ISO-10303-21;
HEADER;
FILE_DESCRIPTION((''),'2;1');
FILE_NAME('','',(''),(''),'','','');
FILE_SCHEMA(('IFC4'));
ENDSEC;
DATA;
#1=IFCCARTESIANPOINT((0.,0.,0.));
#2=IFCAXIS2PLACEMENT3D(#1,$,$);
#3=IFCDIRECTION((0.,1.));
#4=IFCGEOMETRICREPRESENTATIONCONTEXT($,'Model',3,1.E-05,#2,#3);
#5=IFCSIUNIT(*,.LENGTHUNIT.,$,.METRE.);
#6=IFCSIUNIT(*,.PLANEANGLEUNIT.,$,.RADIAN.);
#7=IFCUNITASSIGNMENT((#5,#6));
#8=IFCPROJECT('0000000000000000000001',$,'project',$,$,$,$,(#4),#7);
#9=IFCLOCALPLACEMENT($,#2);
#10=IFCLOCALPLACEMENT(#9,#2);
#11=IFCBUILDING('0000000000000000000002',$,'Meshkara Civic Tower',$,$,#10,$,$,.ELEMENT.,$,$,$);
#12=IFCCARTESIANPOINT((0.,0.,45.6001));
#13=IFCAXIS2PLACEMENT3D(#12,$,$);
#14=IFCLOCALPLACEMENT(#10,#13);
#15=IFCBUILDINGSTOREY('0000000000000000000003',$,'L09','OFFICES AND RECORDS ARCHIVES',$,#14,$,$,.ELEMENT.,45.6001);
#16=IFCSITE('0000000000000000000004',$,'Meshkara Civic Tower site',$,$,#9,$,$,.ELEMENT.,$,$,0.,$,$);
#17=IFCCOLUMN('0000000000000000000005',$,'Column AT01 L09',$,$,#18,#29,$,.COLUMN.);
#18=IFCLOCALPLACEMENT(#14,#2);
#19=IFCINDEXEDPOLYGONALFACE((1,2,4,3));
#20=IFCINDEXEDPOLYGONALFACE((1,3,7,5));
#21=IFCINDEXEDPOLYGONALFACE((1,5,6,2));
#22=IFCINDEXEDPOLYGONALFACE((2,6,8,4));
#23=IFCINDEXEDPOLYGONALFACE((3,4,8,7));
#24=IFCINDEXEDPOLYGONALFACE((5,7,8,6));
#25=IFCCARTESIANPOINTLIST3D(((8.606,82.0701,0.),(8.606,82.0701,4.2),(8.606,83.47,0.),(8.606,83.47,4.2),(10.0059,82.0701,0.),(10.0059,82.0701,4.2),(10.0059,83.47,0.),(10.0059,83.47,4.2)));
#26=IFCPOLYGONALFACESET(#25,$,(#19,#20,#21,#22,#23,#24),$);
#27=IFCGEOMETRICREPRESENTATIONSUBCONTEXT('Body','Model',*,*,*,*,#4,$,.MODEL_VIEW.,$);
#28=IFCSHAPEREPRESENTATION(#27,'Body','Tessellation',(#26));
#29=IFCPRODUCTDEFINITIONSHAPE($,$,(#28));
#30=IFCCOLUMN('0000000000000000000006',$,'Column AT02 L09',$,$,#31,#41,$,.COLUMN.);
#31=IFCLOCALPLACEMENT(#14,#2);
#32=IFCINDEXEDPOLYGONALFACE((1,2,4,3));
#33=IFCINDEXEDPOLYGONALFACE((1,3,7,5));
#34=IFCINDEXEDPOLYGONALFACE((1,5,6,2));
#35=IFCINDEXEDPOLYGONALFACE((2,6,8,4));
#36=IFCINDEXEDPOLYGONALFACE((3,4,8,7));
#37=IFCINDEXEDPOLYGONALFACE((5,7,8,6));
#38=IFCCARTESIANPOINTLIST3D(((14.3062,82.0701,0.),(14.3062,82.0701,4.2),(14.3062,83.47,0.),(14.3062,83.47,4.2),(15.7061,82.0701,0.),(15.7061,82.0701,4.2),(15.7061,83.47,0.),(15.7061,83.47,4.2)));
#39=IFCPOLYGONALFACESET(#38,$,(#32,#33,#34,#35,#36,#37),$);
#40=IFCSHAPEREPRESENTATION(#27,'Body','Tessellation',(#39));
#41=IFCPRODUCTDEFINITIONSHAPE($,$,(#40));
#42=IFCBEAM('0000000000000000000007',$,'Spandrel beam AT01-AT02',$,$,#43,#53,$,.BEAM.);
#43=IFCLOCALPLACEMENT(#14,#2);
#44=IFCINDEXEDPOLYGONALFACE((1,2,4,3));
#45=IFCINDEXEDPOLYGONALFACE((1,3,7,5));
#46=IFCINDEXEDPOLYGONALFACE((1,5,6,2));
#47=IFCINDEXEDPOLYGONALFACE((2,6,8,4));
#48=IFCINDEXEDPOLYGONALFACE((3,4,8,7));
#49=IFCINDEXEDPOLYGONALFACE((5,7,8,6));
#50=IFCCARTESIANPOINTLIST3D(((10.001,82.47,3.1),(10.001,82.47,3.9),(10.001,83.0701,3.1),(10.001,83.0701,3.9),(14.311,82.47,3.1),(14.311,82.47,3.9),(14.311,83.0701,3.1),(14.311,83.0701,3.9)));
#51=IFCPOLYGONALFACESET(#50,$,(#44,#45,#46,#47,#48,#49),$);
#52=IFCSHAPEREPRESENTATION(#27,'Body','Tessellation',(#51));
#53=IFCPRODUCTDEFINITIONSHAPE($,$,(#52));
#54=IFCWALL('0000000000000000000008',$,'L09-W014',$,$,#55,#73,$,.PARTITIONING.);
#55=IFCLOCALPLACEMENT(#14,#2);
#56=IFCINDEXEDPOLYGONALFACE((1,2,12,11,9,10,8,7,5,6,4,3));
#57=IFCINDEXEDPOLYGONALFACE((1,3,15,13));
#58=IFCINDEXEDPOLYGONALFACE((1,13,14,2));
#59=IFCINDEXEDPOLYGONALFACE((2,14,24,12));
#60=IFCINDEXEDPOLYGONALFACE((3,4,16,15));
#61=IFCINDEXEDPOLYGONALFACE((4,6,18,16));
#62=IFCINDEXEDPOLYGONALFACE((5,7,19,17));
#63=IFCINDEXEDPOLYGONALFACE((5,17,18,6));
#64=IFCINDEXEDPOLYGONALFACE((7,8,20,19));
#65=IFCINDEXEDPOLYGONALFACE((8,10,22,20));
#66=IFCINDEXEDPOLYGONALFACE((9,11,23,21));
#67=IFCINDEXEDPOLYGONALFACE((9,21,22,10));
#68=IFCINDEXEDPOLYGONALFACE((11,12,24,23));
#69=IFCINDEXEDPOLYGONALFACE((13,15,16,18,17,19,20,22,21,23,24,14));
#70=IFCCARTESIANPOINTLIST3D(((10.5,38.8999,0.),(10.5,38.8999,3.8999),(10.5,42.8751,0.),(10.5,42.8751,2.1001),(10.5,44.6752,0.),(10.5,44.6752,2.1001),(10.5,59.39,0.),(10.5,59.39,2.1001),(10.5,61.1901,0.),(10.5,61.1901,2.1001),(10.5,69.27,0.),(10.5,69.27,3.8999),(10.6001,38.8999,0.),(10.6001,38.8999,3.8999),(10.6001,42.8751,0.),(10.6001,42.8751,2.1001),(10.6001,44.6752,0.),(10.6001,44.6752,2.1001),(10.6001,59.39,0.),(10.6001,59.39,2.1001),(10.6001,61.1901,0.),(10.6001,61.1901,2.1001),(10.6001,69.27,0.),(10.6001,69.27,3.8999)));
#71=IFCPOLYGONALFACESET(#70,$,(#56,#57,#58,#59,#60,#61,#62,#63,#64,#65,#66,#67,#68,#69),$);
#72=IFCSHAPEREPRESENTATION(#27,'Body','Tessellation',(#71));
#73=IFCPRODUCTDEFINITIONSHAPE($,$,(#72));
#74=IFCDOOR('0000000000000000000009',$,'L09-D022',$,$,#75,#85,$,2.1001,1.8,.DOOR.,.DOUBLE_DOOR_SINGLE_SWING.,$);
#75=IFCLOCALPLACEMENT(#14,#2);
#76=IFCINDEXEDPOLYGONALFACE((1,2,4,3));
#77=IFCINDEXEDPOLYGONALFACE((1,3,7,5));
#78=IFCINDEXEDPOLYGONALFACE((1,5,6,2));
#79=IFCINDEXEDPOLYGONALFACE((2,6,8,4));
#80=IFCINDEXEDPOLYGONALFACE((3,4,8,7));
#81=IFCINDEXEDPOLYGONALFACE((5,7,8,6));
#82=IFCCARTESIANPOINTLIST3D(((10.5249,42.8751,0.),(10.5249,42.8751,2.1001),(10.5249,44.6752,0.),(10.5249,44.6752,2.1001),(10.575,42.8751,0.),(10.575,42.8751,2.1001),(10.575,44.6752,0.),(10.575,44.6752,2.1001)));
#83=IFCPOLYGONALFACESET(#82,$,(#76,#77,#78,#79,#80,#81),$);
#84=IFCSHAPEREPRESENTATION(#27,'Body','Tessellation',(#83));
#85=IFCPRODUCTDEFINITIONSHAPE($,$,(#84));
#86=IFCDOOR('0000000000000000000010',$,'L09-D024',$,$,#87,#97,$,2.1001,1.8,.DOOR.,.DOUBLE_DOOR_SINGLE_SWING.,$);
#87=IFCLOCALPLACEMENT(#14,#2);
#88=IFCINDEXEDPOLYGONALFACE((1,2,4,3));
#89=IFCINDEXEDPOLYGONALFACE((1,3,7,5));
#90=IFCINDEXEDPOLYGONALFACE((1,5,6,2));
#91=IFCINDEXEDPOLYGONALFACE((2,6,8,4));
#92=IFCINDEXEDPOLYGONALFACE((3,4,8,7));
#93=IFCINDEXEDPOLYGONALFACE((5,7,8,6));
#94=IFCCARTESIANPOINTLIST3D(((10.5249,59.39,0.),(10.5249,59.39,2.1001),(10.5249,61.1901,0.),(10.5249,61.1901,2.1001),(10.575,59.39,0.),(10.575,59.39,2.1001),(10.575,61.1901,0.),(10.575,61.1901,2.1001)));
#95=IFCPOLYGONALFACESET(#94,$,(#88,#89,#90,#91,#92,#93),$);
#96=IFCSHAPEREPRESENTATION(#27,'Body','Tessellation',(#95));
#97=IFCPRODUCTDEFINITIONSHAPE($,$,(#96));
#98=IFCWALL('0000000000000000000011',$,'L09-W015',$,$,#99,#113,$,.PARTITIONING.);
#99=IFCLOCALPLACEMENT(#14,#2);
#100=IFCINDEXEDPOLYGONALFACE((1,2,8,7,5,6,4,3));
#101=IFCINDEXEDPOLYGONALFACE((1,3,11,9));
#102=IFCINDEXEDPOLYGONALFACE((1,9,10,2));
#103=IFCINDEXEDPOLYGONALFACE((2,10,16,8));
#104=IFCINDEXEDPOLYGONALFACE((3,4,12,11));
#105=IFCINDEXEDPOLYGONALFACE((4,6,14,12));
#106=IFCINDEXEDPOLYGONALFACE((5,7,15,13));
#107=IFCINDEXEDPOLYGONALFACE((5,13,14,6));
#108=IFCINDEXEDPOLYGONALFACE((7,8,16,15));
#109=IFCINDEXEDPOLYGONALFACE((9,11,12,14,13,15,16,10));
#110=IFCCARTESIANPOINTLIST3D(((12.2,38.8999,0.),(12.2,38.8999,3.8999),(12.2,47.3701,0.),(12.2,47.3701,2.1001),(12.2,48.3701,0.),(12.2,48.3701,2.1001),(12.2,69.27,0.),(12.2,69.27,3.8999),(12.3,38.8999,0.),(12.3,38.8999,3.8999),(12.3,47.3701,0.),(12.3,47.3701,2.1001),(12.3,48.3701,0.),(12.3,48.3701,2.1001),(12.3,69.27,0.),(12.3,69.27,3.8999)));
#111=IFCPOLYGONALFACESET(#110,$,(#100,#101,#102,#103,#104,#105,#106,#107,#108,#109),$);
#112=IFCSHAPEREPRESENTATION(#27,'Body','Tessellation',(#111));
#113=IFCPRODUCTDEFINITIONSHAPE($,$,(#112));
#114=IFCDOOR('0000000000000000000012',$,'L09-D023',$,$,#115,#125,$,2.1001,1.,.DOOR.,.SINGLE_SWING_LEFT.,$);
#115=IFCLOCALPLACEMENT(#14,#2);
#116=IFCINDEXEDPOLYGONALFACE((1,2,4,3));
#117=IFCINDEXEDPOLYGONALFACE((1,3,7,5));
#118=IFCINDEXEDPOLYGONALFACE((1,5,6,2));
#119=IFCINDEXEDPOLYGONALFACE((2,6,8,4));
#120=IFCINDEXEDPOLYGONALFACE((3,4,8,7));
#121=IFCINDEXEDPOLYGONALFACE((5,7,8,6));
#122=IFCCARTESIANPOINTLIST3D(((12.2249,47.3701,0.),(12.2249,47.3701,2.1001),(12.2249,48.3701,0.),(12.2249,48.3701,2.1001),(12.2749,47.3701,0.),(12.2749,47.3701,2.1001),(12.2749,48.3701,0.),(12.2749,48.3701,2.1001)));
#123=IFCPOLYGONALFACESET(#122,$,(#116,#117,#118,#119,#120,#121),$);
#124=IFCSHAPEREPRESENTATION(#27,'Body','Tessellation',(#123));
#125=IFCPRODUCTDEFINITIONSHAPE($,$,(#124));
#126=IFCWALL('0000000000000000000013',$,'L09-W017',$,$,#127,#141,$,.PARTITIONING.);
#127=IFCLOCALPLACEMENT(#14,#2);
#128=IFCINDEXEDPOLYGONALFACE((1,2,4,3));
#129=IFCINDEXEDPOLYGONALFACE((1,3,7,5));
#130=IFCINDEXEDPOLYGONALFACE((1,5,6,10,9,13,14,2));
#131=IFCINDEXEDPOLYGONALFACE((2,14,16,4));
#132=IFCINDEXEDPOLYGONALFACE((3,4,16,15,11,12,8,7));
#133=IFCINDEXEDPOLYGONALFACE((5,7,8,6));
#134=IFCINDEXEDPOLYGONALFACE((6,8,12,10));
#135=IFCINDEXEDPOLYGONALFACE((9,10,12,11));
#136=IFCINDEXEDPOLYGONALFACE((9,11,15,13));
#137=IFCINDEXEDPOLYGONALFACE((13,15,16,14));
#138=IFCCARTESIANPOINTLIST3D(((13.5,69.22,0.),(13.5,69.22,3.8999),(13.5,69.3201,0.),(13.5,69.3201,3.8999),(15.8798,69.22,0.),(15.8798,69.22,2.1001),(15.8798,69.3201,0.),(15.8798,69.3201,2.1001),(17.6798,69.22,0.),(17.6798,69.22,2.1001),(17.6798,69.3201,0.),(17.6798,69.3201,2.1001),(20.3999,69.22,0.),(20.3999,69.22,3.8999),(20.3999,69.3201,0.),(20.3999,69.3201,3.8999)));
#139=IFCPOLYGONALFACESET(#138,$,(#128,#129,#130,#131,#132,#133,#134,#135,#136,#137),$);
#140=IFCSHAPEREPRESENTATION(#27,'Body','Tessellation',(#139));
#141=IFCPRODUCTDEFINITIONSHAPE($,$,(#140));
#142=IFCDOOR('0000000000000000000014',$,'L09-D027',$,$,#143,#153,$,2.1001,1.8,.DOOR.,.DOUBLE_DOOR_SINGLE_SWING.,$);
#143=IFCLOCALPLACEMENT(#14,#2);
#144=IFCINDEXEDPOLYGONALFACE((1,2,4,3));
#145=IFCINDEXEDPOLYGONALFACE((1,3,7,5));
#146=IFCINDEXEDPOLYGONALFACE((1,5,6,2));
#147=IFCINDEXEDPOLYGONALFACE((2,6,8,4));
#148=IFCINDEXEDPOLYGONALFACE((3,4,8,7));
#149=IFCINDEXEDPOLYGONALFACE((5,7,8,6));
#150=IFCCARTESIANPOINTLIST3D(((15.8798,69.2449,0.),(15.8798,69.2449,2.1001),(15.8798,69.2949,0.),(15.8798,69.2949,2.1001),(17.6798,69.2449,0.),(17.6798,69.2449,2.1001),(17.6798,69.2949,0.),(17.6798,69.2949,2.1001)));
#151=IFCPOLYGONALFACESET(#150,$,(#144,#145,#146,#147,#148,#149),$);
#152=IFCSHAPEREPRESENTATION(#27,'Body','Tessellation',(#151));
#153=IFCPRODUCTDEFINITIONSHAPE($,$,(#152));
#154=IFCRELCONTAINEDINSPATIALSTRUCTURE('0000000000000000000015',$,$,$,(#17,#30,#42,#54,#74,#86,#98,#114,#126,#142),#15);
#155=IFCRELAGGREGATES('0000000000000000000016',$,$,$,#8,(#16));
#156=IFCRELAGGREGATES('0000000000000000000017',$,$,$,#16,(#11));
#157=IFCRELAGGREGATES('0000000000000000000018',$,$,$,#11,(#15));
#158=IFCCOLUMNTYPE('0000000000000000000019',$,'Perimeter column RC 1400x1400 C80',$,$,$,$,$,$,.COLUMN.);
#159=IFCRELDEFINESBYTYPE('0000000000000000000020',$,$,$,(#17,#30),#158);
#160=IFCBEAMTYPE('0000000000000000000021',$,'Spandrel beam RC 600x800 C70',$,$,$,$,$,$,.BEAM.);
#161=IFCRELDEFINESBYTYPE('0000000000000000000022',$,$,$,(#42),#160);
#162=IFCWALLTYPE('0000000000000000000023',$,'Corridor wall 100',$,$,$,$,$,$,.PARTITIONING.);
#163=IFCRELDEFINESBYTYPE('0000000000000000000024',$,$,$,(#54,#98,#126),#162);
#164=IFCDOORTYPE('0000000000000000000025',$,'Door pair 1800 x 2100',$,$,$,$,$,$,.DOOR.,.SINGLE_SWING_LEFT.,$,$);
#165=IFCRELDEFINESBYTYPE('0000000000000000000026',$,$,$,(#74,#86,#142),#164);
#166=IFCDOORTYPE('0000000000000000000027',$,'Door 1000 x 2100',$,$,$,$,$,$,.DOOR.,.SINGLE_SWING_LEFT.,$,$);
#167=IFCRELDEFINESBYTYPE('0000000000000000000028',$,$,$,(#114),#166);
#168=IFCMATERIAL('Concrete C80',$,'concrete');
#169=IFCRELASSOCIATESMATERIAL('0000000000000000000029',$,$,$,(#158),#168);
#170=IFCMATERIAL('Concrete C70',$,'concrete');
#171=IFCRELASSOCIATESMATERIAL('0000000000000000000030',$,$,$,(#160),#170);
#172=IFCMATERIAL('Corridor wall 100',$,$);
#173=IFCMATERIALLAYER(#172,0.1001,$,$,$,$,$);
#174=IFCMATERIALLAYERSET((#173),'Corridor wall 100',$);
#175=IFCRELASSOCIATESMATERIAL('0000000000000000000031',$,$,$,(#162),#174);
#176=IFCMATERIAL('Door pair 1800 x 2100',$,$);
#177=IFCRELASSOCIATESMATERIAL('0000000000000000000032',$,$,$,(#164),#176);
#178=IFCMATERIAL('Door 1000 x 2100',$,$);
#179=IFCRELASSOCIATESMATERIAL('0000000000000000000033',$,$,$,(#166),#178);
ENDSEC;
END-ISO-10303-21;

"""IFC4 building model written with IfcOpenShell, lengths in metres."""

from ifc_helpers import new_model, si_unit, direction, frame, frame_2d, origin, origin_2d, place, context, subcontext, project, spatial, rectangle, extrude, material, layer, layer_set, material_profile, profile_set, type_object, element, fill, save


model = new_model("IFC4")

# Units and contexts
model_context = context("Model", 3, precision=1e-05, world=origin(), true_north=direction((0.0, 1.0)))
body_context = subcontext(model_context, "Body", "Model", "MODEL_VIEW")
ifc_project = project(units=[si_unit("LENGTHUNIT", "METRE"), si_unit("PLANEANGLEUNIT", "RADIAN")], contexts=[model_context])

# Site, building, storey
site_placement = place(None, origin())
site = spatial("IfcSite", under=ifc_project, at=site_placement, Name="Meshkara Civic Tower site", CompositionType="ELEMENT", RefElevation=0.0)
building_placement = place(site_placement, origin())
building = spatial("IfcBuilding", under=site, at=building_placement, Name="Meshkara Civic Tower", CompositionType="ELEMENT")
storey_placement = place(building_placement, frame((0.0, 0.0, 45.6001)))
storey = spatial("IfcBuildingStorey", under=building, at=storey_placement, Name="L09", Description="OFFICES AND RECORDS ARCHIVES", CompositionType="ELEMENT", Elevation=45.6001)

# Columns
ifc_material_1 = material(Name="Concrete C80", Category="concrete")
ifc_material_profile_1 = material_profile(ifc_material_1, rectangle(XDim=1.3999, YDim=1.3999, at=origin_2d()))
ifc_profile_set_1 = profile_set([ifc_material_profile_1], Name="Concrete C80")
column_type = type_object("IfcColumnType", Name="Perimeter column RC 1400x1400 C80", PredefinedType="COLUMN", material=ifc_profile_set_1)
for number, where, z_axis, x_axis, name in (
    (1, (9.3059, 82.77, 0.0), (0.0, 0.0, 1.0), (1.0, 0.0, 0.0), "Column AT01 L09"),
    (2, (15.0061, 82.77, 0.0), (0.0, 0.0, 1.0), (1.0, 0.0, 0.0), "Column AT02 L09"),
):
    element("IfcColumn", number, at=place(storey_placement, frame(where, z_axis=z_axis, x_axis=x_axis)), inside=storey, type_object=column_type, Name=name, PredefinedType="COLUMN", context=body_context, shape_type="SweptSolid", body=[
        extrude(rectangle(XDim=1.3999, YDim=1.3999, at=origin_2d()), origin(), (0.0, 0.0, 1.0), 4.2),
    ])

# Beam
ifc_material_2 = material(Name="Concrete C70", Category="concrete")
ifc_material_profile_2 = material_profile(ifc_material_2, rectangle(XDim=0.6001, YDim=0.8, at=origin_2d()))
ifc_profile_set_2 = profile_set([ifc_material_profile_2], Name="Concrete C70")
beam_type = type_object("IfcBeamType", Name="Spandrel beam RC 600x800 C70", PredefinedType="BEAM", material=ifc_profile_set_2)
beam_placement = place(storey_placement, frame((14.311, 82.77, 3.5), z_axis=(-1.0, 0.0, 0.0), x_axis=(0.0, -1.0, 0.0)))
element("IfcBeam", 3, at=beam_placement, inside=storey, type_object=beam_type, Name="Spandrel beam AT01-AT02", PredefinedType="BEAM", context=body_context, shape_type="SweptSolid", body=[
    extrude(rectangle(XDim=0.6001, YDim=0.8, at=origin_2d()), origin(), (0.0, 0.0, 1.0), 4.3101),
])

# Wall, openings, doors
ifc_material_3 = material(Name="Corridor wall 100")
ifc_layer_1 = layer(ifc_material_3, 0.1001)
ifc_layer_set_1 = layer_set([ifc_layer_1], Name="Corridor wall 100")
wall_type_1 = type_object("IfcWallType", Name="Corridor wall 100", PredefinedType="PARTITIONING", material=ifc_layer_set_1)
wall_1_placement = place(storey_placement, frame((10.55, 69.27, 0.0), z_axis=(0.0, 0.0, 1.0), x_axis=(0.0, -1.0, 0.0)))
wall_1 = element("IfcWall", 4, at=wall_1_placement, inside=storey, type_object=wall_type_1, Name="L09-W014", PredefinedType="PARTITIONING", context=body_context, shape_type="SweptSolid", body=[
    extrude(rectangle(XDim=30.3701, YDim=0.1001, at=frame_2d((15.1851, 0.0))), origin(), (0.0, 0.0, 1.0), 3.8999),
])
opening_1_placement = place(wall_1_placement, frame((24.595, 0.0, 0.0)))
opening_1 = element("IfcOpeningElement", 5, at=opening_1_placement, cuts=wall_1, PredefinedType="OPENING", context=body_context, shape_type="SweptSolid", body=[
    extrude(rectangle(XDim=1.8, YDim=2.1001, at=frame_2d((0.8999, 1.05))), frame((0.0, 0.0601, 0.0), z_axis=(0.0, -1.0, 0.0), x_axis=(1.0, 0.0, 0.0)), (0.0, 0.0, 1.0), 0.1201),
])
opening_2_placement = place(wall_1_placement, frame((8.0801, 0.0, 0.0)))
opening_2 = element("IfcOpeningElement", 6, at=opening_2_placement, cuts=wall_1, PredefinedType="OPENING", context=body_context, shape_type="SweptSolid", body=[
    extrude(rectangle(XDim=1.8, YDim=2.1001, at=frame_2d((0.8999, 1.05))), frame((0.0, 0.0601, 0.0), z_axis=(0.0, -1.0, 0.0), x_axis=(1.0, 0.0, 0.0)), (0.0, 0.0, 1.0), 0.1201),
])
ifc_material_4 = material(Name="Door pair 1800 x 2100")
door_type_1 = type_object("IfcDoorType", Name="Door pair 1800 x 2100", OperationType="SINGLE_SWING_LEFT", PredefinedType="DOOR", material=ifc_material_4)
door_1_placement = place(opening_1_placement, origin())
door_1 = element("IfcDoor", 7, at=door_1_placement, inside=storey, type_object=door_type_1, Name="L09-D022", OperationType="DOUBLE_DOOR_SINGLE_SWING", OverallHeight=2.1001, OverallWidth=1.8, PredefinedType="DOOR", context=body_context, shape_type="SweptSolid", body=[
    extrude(rectangle(XDim=1.8, YDim=2.1001, at=frame_2d((0.8999, 1.05))), frame((0.0, 0.0249, 0.0), z_axis=(0.0, -1.0, 0.0), x_axis=(1.0, 0.0, 0.0)), (0.0, 0.0, 1.0), 0.05),
])
fill(opening_1, door_1)
door_2_placement = place(opening_2_placement, origin())
door_2 = element("IfcDoor", 8, at=door_2_placement, inside=storey, type_object=door_type_1, Name="L09-D024", OperationType="DOUBLE_DOOR_SINGLE_SWING", OverallHeight=2.1001, OverallWidth=1.8, PredefinedType="DOOR", context=body_context, shape_type="SweptSolid", body=[
    extrude(rectangle(XDim=1.8, YDim=2.1001, at=frame_2d((0.8999, 1.05))), frame((0.0, 0.0249, 0.0), z_axis=(0.0, -1.0, 0.0), x_axis=(1.0, 0.0, 0.0)), (0.0, 0.0, 1.0), 0.05),
])
fill(opening_2, door_2)

# Walls, openings, doors
wall_2_placement = place(storey_placement, frame((12.25, 69.27, 0.0), z_axis=(0.0, 0.0, 1.0), x_axis=(0.0, -1.0, 0.0)))
wall_2 = element("IfcWall", 9, at=wall_2_placement, inside=storey, type_object=wall_type_1, Name="L09-W015", PredefinedType="PARTITIONING", context=body_context, shape_type="SweptSolid", body=[
    extrude(rectangle(XDim=30.3701, YDim=0.1001, at=frame_2d((15.1851, 0.0))), origin(), (0.0, 0.0, 1.0), 3.8999),
])
opening_3_placement = place(wall_2_placement, frame((20.8999, 0.0, 0.0)))
opening_3 = element("IfcOpeningElement", 10, at=opening_3_placement, cuts=wall_2, PredefinedType="OPENING", context=body_context, shape_type="SweptSolid", body=[
    extrude(rectangle(XDim=1.0, YDim=2.1001, at=frame_2d((0.5, 1.05))), frame((0.0, 0.0601, 0.0), z_axis=(0.0, -1.0, 0.0), x_axis=(1.0, 0.0, 0.0)), (0.0, 0.0, 1.0), 0.1201),
])
ifc_material_5 = material(Name="Door 1000 x 2100")
door_type_2 = type_object("IfcDoorType", Name="Door 1000 x 2100", OperationType="SINGLE_SWING_LEFT", PredefinedType="DOOR", material=ifc_material_5)
door_3_placement = place(opening_3_placement, origin())
door_3 = element("IfcDoor", 11, at=door_3_placement, inside=storey, type_object=door_type_2, Name="L09-D023", OperationType="SINGLE_SWING_LEFT", OverallHeight=2.1001, OverallWidth=1.0, PredefinedType="DOOR", context=body_context, shape_type="SweptSolid", body=[
    extrude(rectangle(XDim=1.0, YDim=2.1001, at=frame_2d((0.5, 1.05))), frame((0.0, 0.0249, 0.0), z_axis=(0.0, -1.0, 0.0), x_axis=(1.0, 0.0, 0.0)), (0.0, 0.0, 1.0), 0.05),
])
fill(opening_3, door_3)
wall_3_placement = place(storey_placement, frame((13.5, 69.27, 0.0), z_axis=(0.0, 0.0, 1.0), x_axis=(1.0, 0.0, 0.0)))
wall_3 = element("IfcWall", 12, at=wall_3_placement, inside=storey, type_object=wall_type_1, Name="L09-W017", PredefinedType="PARTITIONING", context=body_context, shape_type="SweptSolid", body=[
    extrude(rectangle(XDim=6.8999, YDim=0.1001, at=frame_2d((3.45, 0.0))), origin(), (0.0, 0.0, 1.0), 3.8999),
])
opening_4_placement = place(wall_3_placement, frame((2.3799, 0.0, 0.0)))
opening_4 = element("IfcOpeningElement", 13, at=opening_4_placement, cuts=wall_3, PredefinedType="OPENING", context=body_context, shape_type="SweptSolid", body=[
    extrude(rectangle(XDim=1.8, YDim=2.1001, at=frame_2d((0.8999, 1.05))), frame((0.0, 0.0601, 0.0), z_axis=(0.0, -1.0, 0.0), x_axis=(1.0, 0.0, 0.0)), (0.0, 0.0, 1.0), 0.1201),
])
door_4_placement = place(opening_4_placement, origin())
door_4 = element("IfcDoor", 14, at=door_4_placement, inside=storey, type_object=door_type_1, Name="L09-D027", OperationType="DOUBLE_DOOR_SINGLE_SWING", OverallHeight=2.1001, OverallWidth=1.8, PredefinedType="DOOR", context=body_context, shape_type="SweptSolid", body=[
    extrude(rectangle(XDim=1.8, YDim=2.1001, at=frame_2d((0.8999, 1.05))), frame((0.0, 0.0249, 0.0), z_axis=(0.0, -1.0, 0.0), x_axis=(1.0, 0.0, 0.0)), (0.0, 0.0, 1.0), 0.05),
])
fill(opening_4, door_4)

save(model, "model.ifc")
